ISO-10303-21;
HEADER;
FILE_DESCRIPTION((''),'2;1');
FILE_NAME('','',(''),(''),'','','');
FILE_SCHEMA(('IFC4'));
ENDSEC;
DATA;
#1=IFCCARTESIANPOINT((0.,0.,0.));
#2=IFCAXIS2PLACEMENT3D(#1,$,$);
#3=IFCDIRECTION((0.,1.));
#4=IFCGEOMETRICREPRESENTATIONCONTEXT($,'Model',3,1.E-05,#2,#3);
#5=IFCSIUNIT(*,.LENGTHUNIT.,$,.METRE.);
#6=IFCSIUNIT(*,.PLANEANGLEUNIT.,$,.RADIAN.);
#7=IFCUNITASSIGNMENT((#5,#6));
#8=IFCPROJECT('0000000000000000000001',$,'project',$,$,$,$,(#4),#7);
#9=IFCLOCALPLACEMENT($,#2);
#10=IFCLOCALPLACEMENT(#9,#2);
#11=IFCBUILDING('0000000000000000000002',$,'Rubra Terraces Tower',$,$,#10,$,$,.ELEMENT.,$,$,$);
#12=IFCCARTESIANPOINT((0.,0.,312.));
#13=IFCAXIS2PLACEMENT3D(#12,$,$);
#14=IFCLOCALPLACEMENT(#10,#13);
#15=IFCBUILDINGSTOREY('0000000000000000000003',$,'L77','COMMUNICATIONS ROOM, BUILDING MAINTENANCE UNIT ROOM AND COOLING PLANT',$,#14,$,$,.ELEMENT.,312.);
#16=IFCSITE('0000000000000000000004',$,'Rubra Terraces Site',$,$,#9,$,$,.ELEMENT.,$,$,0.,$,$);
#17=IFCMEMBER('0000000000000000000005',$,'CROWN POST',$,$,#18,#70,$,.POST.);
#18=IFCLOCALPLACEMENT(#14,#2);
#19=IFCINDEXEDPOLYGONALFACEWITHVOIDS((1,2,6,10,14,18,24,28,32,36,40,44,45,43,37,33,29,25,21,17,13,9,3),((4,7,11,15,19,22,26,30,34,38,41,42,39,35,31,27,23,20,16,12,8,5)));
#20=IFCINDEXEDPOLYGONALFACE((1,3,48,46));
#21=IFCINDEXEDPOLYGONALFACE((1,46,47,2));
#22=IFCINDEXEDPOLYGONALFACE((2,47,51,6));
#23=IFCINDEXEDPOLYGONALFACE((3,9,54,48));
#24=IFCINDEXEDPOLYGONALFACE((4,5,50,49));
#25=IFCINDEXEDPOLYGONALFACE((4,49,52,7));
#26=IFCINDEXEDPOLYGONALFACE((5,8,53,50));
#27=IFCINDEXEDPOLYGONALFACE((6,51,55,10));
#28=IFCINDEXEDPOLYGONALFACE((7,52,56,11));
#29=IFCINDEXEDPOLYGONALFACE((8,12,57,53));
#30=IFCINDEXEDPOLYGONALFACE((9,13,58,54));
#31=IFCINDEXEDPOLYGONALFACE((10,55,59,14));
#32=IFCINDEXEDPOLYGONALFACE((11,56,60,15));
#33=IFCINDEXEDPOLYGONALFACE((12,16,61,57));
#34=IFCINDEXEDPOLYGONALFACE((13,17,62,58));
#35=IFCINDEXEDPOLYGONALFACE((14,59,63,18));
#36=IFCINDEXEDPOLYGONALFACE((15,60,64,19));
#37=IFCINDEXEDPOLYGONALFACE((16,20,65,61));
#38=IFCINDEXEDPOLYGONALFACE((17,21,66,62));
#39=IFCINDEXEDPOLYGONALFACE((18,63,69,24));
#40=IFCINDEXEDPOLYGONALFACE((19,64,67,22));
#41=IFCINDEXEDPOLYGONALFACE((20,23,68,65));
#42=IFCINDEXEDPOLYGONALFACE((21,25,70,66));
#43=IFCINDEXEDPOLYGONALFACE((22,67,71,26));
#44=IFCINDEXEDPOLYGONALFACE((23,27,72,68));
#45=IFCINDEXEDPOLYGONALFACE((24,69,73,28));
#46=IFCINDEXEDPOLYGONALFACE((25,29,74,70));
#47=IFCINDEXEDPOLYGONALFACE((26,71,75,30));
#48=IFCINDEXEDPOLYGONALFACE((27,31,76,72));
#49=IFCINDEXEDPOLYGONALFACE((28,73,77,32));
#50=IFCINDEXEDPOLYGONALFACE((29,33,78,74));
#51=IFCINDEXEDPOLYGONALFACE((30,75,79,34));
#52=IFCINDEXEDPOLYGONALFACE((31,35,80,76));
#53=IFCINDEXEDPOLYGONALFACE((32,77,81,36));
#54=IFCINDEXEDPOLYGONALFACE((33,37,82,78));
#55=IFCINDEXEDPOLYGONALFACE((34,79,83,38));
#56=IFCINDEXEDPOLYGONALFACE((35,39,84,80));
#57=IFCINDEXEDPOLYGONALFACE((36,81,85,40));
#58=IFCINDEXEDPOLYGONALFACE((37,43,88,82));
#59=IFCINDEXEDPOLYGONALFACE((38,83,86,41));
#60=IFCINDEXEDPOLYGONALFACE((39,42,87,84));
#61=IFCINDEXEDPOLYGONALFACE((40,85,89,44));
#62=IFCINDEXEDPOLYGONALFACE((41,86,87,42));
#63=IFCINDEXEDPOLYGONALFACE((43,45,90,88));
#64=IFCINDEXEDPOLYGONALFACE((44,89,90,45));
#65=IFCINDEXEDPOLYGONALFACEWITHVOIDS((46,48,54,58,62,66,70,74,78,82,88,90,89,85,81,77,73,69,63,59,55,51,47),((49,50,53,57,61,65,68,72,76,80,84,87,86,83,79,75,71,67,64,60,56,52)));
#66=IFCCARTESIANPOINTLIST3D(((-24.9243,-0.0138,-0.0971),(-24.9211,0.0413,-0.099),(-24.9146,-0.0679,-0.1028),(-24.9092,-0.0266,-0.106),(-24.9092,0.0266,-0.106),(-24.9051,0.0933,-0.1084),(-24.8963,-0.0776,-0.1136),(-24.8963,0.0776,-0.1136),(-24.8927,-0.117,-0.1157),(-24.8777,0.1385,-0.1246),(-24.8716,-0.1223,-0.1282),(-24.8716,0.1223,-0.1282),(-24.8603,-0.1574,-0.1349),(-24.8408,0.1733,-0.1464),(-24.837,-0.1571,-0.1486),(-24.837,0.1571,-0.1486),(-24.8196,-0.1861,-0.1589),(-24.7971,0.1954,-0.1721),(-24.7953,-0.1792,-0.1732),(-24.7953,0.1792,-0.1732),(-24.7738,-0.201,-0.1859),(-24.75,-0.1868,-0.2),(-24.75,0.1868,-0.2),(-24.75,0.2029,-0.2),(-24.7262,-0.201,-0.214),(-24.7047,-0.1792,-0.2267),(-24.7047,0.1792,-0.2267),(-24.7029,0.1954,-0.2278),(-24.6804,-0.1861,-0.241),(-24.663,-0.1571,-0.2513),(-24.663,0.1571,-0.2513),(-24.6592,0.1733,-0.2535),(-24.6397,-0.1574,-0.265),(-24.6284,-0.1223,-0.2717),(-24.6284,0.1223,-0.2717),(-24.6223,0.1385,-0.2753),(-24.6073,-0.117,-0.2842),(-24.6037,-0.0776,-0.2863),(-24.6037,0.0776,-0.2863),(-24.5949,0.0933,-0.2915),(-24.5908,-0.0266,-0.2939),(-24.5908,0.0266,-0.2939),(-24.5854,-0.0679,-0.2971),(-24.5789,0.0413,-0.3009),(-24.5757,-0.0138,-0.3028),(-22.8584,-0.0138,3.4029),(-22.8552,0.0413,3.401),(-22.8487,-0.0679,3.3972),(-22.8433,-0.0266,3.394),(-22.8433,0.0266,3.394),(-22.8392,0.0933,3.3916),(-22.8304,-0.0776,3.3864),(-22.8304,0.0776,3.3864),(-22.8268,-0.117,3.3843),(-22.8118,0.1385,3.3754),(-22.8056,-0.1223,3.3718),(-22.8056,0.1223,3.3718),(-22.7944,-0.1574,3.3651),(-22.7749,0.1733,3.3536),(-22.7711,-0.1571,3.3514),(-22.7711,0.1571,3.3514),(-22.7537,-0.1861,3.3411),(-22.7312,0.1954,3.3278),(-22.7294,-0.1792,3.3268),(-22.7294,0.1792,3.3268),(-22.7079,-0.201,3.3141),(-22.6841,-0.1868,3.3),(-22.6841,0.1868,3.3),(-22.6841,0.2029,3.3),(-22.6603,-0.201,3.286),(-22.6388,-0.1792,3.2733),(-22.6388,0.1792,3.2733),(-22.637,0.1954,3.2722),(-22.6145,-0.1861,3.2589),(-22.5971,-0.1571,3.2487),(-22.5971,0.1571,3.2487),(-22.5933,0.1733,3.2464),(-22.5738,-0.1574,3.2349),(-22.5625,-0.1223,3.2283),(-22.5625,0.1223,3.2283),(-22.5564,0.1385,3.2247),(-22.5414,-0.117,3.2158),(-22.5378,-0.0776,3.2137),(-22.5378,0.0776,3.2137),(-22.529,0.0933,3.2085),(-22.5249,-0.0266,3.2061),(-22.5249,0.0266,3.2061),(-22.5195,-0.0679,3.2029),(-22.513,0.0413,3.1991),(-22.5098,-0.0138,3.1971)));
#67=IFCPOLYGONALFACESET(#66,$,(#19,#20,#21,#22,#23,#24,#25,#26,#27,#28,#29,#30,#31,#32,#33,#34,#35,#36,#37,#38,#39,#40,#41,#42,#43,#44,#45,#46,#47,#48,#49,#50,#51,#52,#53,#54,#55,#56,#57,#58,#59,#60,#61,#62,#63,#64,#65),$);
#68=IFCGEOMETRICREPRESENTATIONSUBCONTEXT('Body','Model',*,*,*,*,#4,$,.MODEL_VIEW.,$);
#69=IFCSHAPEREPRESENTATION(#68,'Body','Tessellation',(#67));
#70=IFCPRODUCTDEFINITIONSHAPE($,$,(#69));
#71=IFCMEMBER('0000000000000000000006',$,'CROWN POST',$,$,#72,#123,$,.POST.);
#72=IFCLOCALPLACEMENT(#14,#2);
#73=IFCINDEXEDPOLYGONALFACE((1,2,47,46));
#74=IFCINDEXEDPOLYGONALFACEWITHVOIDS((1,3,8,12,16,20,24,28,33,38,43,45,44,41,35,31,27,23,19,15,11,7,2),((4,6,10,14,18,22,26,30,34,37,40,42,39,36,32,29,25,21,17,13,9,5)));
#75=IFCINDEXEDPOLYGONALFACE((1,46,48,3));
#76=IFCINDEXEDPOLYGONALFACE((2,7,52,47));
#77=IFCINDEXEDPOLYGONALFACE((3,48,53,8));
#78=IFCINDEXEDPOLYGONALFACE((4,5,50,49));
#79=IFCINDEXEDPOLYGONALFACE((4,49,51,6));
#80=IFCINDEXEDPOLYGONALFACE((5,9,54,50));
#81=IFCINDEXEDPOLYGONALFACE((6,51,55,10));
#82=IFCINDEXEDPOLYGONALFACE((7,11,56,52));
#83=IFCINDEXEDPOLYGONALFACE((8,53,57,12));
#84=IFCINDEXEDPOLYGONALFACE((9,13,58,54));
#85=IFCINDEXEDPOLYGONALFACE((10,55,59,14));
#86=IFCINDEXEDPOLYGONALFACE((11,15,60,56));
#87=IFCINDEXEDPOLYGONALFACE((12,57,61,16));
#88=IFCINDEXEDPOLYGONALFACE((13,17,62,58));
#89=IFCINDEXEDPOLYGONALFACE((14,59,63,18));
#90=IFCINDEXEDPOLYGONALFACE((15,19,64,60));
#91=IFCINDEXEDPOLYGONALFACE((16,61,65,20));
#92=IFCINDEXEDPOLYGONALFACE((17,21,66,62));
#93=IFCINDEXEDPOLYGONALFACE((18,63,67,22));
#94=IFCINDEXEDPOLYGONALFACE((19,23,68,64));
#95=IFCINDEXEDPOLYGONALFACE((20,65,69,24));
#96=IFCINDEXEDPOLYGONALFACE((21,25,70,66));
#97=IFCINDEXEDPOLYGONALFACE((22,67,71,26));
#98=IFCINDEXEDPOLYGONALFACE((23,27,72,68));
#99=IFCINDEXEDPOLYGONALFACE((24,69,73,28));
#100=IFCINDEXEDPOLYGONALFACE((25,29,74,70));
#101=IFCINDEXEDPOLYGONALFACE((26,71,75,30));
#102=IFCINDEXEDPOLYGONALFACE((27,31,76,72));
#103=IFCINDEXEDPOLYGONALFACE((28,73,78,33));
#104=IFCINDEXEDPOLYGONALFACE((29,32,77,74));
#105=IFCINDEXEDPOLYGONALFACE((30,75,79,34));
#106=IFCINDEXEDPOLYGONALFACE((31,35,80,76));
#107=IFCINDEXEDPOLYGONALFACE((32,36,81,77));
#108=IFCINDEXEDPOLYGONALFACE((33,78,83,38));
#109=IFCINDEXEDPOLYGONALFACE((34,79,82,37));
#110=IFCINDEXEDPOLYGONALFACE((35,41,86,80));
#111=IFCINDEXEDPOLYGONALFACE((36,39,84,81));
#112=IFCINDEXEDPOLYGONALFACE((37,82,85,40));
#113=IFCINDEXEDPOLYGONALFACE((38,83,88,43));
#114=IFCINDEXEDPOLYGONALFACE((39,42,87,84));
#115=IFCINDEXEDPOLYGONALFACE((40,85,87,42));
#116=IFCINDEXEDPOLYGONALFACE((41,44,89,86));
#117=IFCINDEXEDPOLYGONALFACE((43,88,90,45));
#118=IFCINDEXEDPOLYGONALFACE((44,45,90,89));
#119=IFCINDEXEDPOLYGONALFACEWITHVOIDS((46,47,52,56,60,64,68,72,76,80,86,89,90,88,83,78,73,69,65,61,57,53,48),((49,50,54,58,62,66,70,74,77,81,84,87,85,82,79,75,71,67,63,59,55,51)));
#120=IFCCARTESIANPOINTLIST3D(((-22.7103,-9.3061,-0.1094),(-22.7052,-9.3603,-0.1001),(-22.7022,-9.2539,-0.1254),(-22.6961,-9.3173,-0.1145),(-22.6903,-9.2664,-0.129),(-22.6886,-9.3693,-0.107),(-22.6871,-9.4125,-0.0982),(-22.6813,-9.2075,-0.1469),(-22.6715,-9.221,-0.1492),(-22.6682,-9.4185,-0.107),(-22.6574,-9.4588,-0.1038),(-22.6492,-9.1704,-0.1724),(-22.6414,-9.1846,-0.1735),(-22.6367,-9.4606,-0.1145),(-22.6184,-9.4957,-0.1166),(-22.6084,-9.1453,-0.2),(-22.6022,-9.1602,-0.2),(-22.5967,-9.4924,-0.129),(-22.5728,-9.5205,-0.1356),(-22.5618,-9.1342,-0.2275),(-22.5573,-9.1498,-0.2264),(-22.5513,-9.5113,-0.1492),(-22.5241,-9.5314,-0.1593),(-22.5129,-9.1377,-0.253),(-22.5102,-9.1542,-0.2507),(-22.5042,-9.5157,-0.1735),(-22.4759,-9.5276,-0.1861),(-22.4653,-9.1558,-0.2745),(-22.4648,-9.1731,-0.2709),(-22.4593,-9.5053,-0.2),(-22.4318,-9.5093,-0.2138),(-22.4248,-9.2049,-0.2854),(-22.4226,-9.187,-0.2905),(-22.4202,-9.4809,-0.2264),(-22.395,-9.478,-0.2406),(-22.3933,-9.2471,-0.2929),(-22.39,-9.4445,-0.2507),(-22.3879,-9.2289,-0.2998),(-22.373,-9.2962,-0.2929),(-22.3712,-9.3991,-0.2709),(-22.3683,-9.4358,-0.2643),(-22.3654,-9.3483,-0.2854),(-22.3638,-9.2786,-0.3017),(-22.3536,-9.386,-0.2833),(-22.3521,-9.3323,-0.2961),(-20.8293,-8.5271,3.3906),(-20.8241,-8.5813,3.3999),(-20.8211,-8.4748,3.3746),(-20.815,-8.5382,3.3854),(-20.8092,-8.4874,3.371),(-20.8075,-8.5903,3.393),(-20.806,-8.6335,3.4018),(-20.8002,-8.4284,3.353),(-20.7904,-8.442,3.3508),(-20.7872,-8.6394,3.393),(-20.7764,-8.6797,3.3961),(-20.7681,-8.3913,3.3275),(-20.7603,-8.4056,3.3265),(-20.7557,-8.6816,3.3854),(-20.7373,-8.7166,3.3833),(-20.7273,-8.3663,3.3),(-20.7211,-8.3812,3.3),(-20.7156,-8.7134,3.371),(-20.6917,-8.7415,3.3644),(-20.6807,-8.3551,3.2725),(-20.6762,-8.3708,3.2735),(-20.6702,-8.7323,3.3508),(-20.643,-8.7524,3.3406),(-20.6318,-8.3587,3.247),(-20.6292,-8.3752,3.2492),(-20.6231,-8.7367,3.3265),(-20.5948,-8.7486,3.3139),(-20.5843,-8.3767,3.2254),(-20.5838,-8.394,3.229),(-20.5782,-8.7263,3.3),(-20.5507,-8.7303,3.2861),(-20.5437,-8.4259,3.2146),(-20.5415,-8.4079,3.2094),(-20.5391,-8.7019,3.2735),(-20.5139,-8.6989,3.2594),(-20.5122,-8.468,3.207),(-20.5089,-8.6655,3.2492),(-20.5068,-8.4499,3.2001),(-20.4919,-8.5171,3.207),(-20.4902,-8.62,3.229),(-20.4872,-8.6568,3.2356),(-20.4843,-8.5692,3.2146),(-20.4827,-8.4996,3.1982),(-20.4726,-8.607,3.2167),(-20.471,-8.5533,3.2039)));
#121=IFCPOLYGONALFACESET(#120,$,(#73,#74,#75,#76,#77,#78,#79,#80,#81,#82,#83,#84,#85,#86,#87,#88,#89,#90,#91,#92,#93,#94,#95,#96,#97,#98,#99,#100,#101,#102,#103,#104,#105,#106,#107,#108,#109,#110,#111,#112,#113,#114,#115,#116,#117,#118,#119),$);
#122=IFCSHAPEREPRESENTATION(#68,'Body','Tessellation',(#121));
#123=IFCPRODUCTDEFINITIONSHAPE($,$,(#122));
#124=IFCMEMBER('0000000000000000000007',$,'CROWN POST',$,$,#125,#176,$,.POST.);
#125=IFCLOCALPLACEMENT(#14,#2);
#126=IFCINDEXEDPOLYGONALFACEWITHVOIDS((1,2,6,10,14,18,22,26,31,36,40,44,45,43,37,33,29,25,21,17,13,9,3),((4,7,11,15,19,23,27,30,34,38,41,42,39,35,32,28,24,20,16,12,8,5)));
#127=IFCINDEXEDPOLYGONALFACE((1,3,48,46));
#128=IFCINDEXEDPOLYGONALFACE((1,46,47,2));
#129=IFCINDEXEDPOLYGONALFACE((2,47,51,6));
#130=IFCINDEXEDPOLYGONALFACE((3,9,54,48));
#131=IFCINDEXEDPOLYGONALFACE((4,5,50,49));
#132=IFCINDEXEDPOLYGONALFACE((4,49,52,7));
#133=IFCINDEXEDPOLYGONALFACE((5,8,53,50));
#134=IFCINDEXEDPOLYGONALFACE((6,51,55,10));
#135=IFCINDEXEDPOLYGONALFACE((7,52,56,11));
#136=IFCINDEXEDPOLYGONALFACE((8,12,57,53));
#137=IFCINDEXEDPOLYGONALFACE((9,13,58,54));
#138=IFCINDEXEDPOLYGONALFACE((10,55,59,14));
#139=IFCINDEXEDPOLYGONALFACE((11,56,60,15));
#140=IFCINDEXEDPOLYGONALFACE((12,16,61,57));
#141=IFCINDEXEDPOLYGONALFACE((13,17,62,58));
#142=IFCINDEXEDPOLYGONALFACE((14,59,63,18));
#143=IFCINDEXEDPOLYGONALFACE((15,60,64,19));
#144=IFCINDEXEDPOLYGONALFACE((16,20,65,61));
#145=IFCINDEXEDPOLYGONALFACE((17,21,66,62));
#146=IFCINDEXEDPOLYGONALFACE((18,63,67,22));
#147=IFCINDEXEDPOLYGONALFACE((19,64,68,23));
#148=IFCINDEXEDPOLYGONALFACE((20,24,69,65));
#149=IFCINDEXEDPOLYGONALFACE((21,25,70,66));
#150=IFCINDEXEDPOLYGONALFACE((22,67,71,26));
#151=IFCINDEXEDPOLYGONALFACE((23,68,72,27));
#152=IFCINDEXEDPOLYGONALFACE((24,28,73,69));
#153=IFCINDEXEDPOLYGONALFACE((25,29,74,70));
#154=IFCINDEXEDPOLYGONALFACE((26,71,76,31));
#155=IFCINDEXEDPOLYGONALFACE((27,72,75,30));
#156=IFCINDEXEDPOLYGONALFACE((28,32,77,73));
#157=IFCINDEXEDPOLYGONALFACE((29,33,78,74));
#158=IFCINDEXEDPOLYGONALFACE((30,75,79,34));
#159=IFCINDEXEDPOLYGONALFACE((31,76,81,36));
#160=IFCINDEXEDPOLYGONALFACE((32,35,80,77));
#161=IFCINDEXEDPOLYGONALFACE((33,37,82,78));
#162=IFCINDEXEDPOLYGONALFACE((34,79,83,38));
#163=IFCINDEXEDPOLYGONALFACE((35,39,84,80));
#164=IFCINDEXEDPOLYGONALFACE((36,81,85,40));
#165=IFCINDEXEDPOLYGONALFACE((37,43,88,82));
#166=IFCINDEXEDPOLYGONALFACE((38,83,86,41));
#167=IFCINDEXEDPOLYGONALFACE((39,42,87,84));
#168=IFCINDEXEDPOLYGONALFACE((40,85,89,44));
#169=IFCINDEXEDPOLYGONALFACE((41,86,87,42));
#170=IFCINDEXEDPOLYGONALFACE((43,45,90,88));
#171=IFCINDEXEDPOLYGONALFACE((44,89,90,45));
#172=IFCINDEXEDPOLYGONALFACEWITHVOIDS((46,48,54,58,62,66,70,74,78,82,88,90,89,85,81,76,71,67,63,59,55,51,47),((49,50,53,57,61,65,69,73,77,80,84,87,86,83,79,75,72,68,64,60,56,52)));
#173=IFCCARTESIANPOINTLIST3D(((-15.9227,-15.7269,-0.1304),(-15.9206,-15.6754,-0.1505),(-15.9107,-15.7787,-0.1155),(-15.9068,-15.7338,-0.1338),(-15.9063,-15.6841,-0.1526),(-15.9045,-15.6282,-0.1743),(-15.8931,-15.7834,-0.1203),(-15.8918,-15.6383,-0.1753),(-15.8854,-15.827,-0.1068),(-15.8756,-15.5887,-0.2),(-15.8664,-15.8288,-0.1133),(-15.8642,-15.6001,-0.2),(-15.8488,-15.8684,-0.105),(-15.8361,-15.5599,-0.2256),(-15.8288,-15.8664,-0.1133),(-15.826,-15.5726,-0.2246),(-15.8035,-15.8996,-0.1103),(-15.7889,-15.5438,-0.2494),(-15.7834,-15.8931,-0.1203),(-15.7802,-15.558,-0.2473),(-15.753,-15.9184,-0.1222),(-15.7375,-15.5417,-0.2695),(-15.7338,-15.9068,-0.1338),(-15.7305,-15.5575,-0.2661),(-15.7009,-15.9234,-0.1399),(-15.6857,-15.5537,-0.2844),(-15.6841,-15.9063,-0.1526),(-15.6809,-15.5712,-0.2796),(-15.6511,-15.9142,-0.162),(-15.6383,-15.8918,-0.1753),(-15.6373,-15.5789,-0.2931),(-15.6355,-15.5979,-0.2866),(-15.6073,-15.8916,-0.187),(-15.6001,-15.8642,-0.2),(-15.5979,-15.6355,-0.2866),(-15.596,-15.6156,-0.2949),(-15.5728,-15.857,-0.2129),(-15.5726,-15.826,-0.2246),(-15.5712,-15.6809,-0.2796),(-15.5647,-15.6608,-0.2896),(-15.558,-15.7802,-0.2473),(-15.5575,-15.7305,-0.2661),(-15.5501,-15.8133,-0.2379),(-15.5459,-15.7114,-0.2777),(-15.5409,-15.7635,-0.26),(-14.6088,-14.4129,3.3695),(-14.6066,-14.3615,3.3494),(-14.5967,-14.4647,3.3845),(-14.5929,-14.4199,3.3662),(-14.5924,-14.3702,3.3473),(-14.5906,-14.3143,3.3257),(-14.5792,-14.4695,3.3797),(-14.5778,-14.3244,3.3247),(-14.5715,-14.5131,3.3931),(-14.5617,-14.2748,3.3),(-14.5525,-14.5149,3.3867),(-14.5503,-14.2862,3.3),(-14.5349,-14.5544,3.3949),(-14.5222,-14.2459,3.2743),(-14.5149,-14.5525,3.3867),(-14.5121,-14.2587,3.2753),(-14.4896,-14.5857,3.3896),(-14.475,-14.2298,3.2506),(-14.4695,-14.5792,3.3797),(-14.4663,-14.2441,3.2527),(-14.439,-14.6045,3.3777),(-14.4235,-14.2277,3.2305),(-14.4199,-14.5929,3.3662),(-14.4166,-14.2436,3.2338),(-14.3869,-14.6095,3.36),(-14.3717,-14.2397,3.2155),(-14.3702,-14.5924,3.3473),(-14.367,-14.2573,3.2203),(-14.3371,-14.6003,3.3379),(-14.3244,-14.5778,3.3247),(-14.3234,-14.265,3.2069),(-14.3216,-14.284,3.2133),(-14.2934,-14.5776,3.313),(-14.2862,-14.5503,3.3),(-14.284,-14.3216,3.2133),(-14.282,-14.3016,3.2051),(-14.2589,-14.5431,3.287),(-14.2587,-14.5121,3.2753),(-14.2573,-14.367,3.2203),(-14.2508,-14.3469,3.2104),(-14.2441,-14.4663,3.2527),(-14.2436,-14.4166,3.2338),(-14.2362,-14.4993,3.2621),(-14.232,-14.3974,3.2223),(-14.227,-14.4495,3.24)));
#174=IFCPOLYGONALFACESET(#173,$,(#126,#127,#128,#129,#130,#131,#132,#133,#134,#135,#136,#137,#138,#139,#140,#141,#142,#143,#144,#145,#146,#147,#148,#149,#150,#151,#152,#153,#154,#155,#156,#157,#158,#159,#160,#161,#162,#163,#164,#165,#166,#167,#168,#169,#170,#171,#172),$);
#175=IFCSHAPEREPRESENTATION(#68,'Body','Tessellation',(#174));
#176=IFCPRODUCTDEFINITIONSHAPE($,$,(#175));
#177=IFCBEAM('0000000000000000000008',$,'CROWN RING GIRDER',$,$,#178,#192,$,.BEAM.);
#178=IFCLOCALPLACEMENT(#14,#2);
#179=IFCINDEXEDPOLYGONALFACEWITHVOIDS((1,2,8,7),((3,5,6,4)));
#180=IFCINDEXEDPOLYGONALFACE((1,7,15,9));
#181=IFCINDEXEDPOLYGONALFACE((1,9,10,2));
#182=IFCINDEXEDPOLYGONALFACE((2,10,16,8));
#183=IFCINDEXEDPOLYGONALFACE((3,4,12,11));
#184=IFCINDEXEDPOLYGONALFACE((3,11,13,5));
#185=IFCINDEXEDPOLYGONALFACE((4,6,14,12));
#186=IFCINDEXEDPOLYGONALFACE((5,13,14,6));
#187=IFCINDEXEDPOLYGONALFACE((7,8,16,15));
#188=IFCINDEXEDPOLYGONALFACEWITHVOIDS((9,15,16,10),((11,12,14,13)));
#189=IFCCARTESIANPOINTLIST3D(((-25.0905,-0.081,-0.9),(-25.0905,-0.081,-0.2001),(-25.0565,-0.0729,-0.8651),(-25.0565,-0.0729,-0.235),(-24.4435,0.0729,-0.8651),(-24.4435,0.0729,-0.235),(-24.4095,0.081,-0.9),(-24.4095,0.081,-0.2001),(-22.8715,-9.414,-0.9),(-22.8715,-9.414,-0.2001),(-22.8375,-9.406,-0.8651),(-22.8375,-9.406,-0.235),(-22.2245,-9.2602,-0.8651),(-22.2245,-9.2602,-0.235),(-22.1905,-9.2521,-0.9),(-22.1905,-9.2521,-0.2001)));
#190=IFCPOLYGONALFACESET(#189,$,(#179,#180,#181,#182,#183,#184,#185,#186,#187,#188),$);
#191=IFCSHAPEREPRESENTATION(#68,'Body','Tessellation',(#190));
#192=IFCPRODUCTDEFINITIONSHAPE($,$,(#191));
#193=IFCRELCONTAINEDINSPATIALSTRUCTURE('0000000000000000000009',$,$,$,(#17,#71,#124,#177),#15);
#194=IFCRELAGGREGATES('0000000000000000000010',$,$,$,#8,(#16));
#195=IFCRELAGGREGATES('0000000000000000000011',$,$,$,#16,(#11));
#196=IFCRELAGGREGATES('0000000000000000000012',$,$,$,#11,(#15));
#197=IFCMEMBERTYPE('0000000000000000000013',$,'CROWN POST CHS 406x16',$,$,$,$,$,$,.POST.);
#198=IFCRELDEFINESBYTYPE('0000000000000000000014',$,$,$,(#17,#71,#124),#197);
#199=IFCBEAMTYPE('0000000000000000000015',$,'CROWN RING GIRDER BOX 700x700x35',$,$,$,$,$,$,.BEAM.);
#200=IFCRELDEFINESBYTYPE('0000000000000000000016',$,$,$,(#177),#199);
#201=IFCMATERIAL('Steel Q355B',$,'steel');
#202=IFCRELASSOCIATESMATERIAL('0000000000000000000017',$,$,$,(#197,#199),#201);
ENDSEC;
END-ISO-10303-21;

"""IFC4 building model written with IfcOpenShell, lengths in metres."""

from ifc_helpers import new_model, si_unit, direction, frame, origin, origin_2d, place, context, subcontext, project, spatial, hollow_rectangle, hollow_circle, extrude, material, material_profile, profile_set, type_object, element, save


model = new_model("IFC4")

# Units and contexts
model_context = context("Model", 3, precision=1e-05, world=origin(), true_north=direction((0.0, 1.0)))
body_context = subcontext(model_context, "Body", "Model", "MODEL_VIEW")
ifc_project = project(units=[si_unit("LENGTHUNIT", "METRE"), si_unit("PLANEANGLEUNIT", "RADIAN")], contexts=[model_context])

# Site, building, storey
site_placement = place(None, origin())
site = spatial("IfcSite", under=ifc_project, at=site_placement, Name="Rubra Terraces Site", CompositionType="ELEMENT", RefElevation=0.0)
building_placement = place(site_placement, origin())
building = spatial("IfcBuilding", under=site, at=building_placement, Name="Rubra Terraces Tower", CompositionType="ELEMENT")
storey_placement = place(building_placement, frame((0.0, 0.0, 312.0)))
storey = spatial("IfcBuildingStorey", under=building, at=storey_placement, Name="L77", Description="COMMUNICATIONS ROOM, BUILDING MAINTENANCE UNIT ROOM AND COOLING PLANT", CompositionType="ELEMENT", Elevation=312.0)

# Members
ifc_material_1 = material(Name="Steel Q355B", Category="steel")
ifc_material_profile_1 = material_profile(ifc_material_1, hollow_circle(Radius=0.2029, WallThickness=0.0161, at=origin_2d()), Name="CHS 406x16")
ifc_profile_set_1 = profile_set([ifc_material_profile_1], Name="Steel Q355B")
member_type_1 = type_object("IfcMemberType", Name="CROWN POST CHS 406x16", PredefinedType="POST", material=ifc_profile_set_1)
member_1_placement = place(storey_placement, frame((-24.75, 0.0, -0.2), z_axis=(0.508316, 0.0, 0.86117), x_axis=(0.0, 1.0, 0.0)))
element("IfcMember", 1, at=member_1_placement, inside=storey, type_object=member_type_1, Name="CROWN POST", PredefinedType="POST", context=body_context, shape_type="SweptSolid", body=[
    extrude(hollow_circle(Radius=0.2029, WallThickness=0.0161, at=origin_2d()), origin(), (0.0, 0.0, 1.0), 4.0642),
])
member_2_placement = place(storey_placement, frame((-22.5308, -9.3328, -0.2), z_axis=(0.46457, 0.1924, 0.864383), x_axis=(-0.382631, 0.923901, 0.0)))
element("IfcMember", 2, at=member_2_placement, inside=storey, type_object=member_type_1, Name="CROWN POST", PredefinedType="POST", context=body_context, shape_type="SweptSolid", body=[
    extrude(hollow_circle(Radius=0.2029, WallThickness=0.0161, at=origin_2d()), origin(), (0.0, 0.0, 1.0), 4.0491),
])
member_3_placement = place(storey_placement, frame((-15.7322, -15.7322, -0.2), z_axis=(0.331583, 0.331583, 0.883236), x_axis=(-0.707107, 0.707107, 0.0)))
element("IfcMember", 3, at=member_3_placement, inside=storey, type_object=member_type_1, Name="CROWN POST", PredefinedType="POST", context=body_context, shape_type="SweptSolid", body=[
    extrude(hollow_circle(Radius=0.2029, WallThickness=0.0161, at=origin_2d()), origin(), (0.0, 0.0, 1.0), 3.9626),
])

# Beam
ifc_material_profile_2 = material_profile(ifc_material_1, hollow_rectangle(XDim=0.7, YDim=0.7, WallThickness=0.0349, at=origin_2d()), Name="BOX 700x700x35")
ifc_profile_set_2 = profile_set([ifc_material_profile_2], Name="Steel Q355B")
beam_type_1 = type_object("IfcBeamType", Name="CROWN RING GIRDER BOX 700x700x35", PredefinedType="BEAM", material=ifc_profile_set_2)
beam_1_placement = place(storey_placement, frame((-24.75, 0.0, -0.55), z_axis=(0.23131, -0.97288, 0.0), x_axis=(0.97288, 0.23131, 0.0)))
element("IfcBeam", 4, at=beam_1_placement, inside=storey, type_object=beam_type_1, Name="CROWN RING GIRDER", PredefinedType="BEAM", context=body_context, shape_type="SweptSolid", body=[
    extrude(hollow_rectangle(XDim=0.7, YDim=0.7, WallThickness=0.0349, at=origin_2d()), origin(), (0.0, 0.0, 1.0), 9.5933),
])

save(model, "model.ifc")
